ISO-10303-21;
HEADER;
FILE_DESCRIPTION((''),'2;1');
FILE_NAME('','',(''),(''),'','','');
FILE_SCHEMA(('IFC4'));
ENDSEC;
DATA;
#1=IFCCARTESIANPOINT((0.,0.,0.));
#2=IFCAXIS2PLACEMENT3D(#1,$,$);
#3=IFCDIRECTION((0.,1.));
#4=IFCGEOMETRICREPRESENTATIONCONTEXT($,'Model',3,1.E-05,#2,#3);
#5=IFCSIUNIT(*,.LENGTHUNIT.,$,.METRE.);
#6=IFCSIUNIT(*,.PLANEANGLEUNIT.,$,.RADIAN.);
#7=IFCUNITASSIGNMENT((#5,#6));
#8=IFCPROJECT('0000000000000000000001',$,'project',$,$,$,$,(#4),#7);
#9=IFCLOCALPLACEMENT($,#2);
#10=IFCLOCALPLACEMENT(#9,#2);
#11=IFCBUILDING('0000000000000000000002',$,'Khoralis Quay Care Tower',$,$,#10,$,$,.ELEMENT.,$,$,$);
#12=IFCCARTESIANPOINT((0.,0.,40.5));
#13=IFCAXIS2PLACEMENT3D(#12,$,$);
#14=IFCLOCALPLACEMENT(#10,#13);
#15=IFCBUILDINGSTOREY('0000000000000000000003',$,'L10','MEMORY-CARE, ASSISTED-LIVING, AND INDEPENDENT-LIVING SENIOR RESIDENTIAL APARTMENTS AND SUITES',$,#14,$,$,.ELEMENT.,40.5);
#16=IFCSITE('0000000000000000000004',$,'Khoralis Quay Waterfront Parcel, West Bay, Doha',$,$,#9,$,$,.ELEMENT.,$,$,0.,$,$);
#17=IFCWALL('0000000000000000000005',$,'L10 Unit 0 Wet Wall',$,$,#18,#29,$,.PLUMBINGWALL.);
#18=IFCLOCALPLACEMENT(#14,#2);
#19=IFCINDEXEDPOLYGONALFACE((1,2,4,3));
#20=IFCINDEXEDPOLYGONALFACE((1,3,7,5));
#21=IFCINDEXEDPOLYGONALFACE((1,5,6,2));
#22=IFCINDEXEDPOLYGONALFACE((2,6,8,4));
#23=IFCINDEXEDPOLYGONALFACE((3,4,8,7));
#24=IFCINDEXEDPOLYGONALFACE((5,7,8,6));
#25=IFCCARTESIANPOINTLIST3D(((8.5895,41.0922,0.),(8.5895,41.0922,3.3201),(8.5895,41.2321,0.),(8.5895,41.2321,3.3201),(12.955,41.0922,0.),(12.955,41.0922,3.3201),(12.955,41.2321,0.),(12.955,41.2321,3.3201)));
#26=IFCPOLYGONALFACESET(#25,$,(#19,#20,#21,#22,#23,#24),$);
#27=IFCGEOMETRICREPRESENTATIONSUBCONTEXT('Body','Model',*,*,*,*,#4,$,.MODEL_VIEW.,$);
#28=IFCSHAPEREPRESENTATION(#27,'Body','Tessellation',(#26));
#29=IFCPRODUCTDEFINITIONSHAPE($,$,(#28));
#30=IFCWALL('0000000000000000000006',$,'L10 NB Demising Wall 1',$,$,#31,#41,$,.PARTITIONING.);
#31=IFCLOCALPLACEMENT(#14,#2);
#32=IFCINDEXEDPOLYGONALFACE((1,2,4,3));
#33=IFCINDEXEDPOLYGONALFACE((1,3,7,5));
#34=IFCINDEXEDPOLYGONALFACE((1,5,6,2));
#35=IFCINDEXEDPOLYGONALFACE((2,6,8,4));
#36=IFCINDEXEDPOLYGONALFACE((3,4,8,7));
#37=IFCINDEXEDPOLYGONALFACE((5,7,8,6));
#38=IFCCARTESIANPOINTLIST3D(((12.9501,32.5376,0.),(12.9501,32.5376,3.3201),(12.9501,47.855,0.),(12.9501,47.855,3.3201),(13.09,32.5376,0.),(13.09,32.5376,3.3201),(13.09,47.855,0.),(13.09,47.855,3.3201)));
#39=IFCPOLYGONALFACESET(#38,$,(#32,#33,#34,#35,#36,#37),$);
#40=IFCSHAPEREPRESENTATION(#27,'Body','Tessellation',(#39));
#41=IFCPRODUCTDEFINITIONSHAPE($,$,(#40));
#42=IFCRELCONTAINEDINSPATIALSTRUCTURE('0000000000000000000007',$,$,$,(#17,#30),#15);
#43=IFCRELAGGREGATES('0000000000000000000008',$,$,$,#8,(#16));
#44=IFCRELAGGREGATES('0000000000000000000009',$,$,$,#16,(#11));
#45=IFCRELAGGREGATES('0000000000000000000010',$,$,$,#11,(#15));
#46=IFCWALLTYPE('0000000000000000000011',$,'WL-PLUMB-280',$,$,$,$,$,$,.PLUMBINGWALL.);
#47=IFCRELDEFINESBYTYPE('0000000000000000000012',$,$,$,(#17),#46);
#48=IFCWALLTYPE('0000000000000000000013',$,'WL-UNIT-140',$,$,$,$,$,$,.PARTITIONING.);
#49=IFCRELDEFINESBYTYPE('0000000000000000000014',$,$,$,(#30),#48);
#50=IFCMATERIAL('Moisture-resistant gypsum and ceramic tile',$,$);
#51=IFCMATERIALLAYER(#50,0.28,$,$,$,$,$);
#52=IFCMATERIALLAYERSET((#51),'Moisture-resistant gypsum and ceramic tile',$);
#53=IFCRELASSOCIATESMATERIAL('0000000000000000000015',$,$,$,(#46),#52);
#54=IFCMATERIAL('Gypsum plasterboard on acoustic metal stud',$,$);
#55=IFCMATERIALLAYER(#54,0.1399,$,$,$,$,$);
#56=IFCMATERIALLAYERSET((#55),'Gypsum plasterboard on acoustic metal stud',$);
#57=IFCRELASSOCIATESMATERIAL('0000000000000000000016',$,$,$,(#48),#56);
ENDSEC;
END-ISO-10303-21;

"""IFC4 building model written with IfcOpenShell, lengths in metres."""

from ifc_helpers import new_model, si_unit, direction, frame, frame_2d, origin, place, context, subcontext, project, spatial, rectangle, extrude, material, layer, layer_set, type_object, element, save


model = new_model("IFC4")

# Units and contexts
model_context = context("Model", 3, precision=1e-05, world=origin(), true_north=direction((0.0, 1.0)))
body_context = subcontext(model_context, "Body", "Model", "MODEL_VIEW")
ifc_project = project(units=[si_unit("LENGTHUNIT", "METRE"), si_unit("PLANEANGLEUNIT", "RADIAN")], contexts=[model_context])

# Site, building, storey
site_placement = place(None, origin())
site = spatial("IfcSite", under=ifc_project, at=site_placement, Name="Khoralis Quay Waterfront Parcel, West Bay, Doha", CompositionType="ELEMENT", RefElevation=0.0)
building_placement = place(site_placement, origin())
building = spatial("IfcBuilding", under=site, at=building_placement, Name="Khoralis Quay Care Tower", CompositionType="ELEMENT")
storey_placement = place(building_placement, frame((0.0, 0.0, 40.5)))
storey = spatial("IfcBuildingStorey", under=building, at=storey_placement, Name="L10", Description="MEMORY-CARE, ASSISTED-LIVING, AND INDEPENDENT-LIVING SENIOR RESIDENTIAL APARTMENTS AND SUITES", CompositionType="ELEMENT", Elevation=40.5)

# Shared definitions
ifc_material_1 = material(Name="Gypsum plasterboard on acoustic metal stud")

# Walls
ifc_material_2 = material(Name="Moisture-resistant gypsum and ceramic tile")
ifc_layer_1 = layer(ifc_material_2, 0.28)
ifc_layer_set_1 = layer_set([ifc_layer_1], Name="Moisture-resistant gypsum and ceramic tile")
wall_type_1 = type_object("IfcWallType", Name="WL-PLUMB-280", PredefinedType="PLUMBINGWALL", material=ifc_layer_set_1)
wall_1_placement = place(storey_placement, frame((8.5896, 41.1621, 0.0), z_axis=(0.0, 0.0, 1.0), x_axis=(1.0, 0.0, 0.0)))
element("IfcWall", 1, at=wall_1_placement, inside=storey, type_object=wall_type_1, Name="L10 Unit 0 Wet Wall", PredefinedType="PLUMBINGWALL", context=body_context, shape_type="SweptSolid", body=[
    extrude(rectangle(XDim=4.3655, YDim=0.1399, at=frame_2d((2.1826, 0.0))), origin(), (0.0, 0.0, 1.0), 3.3201),
])
ifc_layer_2 = layer(ifc_material_1, 0.1399)
ifc_layer_set_2 = layer_set([ifc_layer_2], Name="Gypsum plasterboard on acoustic metal stud")
wall_type_2 = type_object("IfcWallType", Name="WL-UNIT-140", PredefinedType="PARTITIONING", material=ifc_layer_set_2)
wall_2_placement = place(storey_placement, frame((13.02, 32.5376, 0.0), z_axis=(0.0, 0.0, 1.0), x_axis=(0.0, 1.0, 0.0)))
element("IfcWall", 2, at=wall_2_placement, inside=storey, type_object=wall_type_2, Name="L10 NB Demising Wall 1", PredefinedType="PARTITIONING", context=body_context, shape_type="SweptSolid", body=[
    extrude(rectangle(XDim=15.3174, YDim=0.1399, at=frame_2d((7.6587, 0.0))), origin(), (0.0, 0.0, 1.0), 3.3201),
])

save(model, "model.ifc")
